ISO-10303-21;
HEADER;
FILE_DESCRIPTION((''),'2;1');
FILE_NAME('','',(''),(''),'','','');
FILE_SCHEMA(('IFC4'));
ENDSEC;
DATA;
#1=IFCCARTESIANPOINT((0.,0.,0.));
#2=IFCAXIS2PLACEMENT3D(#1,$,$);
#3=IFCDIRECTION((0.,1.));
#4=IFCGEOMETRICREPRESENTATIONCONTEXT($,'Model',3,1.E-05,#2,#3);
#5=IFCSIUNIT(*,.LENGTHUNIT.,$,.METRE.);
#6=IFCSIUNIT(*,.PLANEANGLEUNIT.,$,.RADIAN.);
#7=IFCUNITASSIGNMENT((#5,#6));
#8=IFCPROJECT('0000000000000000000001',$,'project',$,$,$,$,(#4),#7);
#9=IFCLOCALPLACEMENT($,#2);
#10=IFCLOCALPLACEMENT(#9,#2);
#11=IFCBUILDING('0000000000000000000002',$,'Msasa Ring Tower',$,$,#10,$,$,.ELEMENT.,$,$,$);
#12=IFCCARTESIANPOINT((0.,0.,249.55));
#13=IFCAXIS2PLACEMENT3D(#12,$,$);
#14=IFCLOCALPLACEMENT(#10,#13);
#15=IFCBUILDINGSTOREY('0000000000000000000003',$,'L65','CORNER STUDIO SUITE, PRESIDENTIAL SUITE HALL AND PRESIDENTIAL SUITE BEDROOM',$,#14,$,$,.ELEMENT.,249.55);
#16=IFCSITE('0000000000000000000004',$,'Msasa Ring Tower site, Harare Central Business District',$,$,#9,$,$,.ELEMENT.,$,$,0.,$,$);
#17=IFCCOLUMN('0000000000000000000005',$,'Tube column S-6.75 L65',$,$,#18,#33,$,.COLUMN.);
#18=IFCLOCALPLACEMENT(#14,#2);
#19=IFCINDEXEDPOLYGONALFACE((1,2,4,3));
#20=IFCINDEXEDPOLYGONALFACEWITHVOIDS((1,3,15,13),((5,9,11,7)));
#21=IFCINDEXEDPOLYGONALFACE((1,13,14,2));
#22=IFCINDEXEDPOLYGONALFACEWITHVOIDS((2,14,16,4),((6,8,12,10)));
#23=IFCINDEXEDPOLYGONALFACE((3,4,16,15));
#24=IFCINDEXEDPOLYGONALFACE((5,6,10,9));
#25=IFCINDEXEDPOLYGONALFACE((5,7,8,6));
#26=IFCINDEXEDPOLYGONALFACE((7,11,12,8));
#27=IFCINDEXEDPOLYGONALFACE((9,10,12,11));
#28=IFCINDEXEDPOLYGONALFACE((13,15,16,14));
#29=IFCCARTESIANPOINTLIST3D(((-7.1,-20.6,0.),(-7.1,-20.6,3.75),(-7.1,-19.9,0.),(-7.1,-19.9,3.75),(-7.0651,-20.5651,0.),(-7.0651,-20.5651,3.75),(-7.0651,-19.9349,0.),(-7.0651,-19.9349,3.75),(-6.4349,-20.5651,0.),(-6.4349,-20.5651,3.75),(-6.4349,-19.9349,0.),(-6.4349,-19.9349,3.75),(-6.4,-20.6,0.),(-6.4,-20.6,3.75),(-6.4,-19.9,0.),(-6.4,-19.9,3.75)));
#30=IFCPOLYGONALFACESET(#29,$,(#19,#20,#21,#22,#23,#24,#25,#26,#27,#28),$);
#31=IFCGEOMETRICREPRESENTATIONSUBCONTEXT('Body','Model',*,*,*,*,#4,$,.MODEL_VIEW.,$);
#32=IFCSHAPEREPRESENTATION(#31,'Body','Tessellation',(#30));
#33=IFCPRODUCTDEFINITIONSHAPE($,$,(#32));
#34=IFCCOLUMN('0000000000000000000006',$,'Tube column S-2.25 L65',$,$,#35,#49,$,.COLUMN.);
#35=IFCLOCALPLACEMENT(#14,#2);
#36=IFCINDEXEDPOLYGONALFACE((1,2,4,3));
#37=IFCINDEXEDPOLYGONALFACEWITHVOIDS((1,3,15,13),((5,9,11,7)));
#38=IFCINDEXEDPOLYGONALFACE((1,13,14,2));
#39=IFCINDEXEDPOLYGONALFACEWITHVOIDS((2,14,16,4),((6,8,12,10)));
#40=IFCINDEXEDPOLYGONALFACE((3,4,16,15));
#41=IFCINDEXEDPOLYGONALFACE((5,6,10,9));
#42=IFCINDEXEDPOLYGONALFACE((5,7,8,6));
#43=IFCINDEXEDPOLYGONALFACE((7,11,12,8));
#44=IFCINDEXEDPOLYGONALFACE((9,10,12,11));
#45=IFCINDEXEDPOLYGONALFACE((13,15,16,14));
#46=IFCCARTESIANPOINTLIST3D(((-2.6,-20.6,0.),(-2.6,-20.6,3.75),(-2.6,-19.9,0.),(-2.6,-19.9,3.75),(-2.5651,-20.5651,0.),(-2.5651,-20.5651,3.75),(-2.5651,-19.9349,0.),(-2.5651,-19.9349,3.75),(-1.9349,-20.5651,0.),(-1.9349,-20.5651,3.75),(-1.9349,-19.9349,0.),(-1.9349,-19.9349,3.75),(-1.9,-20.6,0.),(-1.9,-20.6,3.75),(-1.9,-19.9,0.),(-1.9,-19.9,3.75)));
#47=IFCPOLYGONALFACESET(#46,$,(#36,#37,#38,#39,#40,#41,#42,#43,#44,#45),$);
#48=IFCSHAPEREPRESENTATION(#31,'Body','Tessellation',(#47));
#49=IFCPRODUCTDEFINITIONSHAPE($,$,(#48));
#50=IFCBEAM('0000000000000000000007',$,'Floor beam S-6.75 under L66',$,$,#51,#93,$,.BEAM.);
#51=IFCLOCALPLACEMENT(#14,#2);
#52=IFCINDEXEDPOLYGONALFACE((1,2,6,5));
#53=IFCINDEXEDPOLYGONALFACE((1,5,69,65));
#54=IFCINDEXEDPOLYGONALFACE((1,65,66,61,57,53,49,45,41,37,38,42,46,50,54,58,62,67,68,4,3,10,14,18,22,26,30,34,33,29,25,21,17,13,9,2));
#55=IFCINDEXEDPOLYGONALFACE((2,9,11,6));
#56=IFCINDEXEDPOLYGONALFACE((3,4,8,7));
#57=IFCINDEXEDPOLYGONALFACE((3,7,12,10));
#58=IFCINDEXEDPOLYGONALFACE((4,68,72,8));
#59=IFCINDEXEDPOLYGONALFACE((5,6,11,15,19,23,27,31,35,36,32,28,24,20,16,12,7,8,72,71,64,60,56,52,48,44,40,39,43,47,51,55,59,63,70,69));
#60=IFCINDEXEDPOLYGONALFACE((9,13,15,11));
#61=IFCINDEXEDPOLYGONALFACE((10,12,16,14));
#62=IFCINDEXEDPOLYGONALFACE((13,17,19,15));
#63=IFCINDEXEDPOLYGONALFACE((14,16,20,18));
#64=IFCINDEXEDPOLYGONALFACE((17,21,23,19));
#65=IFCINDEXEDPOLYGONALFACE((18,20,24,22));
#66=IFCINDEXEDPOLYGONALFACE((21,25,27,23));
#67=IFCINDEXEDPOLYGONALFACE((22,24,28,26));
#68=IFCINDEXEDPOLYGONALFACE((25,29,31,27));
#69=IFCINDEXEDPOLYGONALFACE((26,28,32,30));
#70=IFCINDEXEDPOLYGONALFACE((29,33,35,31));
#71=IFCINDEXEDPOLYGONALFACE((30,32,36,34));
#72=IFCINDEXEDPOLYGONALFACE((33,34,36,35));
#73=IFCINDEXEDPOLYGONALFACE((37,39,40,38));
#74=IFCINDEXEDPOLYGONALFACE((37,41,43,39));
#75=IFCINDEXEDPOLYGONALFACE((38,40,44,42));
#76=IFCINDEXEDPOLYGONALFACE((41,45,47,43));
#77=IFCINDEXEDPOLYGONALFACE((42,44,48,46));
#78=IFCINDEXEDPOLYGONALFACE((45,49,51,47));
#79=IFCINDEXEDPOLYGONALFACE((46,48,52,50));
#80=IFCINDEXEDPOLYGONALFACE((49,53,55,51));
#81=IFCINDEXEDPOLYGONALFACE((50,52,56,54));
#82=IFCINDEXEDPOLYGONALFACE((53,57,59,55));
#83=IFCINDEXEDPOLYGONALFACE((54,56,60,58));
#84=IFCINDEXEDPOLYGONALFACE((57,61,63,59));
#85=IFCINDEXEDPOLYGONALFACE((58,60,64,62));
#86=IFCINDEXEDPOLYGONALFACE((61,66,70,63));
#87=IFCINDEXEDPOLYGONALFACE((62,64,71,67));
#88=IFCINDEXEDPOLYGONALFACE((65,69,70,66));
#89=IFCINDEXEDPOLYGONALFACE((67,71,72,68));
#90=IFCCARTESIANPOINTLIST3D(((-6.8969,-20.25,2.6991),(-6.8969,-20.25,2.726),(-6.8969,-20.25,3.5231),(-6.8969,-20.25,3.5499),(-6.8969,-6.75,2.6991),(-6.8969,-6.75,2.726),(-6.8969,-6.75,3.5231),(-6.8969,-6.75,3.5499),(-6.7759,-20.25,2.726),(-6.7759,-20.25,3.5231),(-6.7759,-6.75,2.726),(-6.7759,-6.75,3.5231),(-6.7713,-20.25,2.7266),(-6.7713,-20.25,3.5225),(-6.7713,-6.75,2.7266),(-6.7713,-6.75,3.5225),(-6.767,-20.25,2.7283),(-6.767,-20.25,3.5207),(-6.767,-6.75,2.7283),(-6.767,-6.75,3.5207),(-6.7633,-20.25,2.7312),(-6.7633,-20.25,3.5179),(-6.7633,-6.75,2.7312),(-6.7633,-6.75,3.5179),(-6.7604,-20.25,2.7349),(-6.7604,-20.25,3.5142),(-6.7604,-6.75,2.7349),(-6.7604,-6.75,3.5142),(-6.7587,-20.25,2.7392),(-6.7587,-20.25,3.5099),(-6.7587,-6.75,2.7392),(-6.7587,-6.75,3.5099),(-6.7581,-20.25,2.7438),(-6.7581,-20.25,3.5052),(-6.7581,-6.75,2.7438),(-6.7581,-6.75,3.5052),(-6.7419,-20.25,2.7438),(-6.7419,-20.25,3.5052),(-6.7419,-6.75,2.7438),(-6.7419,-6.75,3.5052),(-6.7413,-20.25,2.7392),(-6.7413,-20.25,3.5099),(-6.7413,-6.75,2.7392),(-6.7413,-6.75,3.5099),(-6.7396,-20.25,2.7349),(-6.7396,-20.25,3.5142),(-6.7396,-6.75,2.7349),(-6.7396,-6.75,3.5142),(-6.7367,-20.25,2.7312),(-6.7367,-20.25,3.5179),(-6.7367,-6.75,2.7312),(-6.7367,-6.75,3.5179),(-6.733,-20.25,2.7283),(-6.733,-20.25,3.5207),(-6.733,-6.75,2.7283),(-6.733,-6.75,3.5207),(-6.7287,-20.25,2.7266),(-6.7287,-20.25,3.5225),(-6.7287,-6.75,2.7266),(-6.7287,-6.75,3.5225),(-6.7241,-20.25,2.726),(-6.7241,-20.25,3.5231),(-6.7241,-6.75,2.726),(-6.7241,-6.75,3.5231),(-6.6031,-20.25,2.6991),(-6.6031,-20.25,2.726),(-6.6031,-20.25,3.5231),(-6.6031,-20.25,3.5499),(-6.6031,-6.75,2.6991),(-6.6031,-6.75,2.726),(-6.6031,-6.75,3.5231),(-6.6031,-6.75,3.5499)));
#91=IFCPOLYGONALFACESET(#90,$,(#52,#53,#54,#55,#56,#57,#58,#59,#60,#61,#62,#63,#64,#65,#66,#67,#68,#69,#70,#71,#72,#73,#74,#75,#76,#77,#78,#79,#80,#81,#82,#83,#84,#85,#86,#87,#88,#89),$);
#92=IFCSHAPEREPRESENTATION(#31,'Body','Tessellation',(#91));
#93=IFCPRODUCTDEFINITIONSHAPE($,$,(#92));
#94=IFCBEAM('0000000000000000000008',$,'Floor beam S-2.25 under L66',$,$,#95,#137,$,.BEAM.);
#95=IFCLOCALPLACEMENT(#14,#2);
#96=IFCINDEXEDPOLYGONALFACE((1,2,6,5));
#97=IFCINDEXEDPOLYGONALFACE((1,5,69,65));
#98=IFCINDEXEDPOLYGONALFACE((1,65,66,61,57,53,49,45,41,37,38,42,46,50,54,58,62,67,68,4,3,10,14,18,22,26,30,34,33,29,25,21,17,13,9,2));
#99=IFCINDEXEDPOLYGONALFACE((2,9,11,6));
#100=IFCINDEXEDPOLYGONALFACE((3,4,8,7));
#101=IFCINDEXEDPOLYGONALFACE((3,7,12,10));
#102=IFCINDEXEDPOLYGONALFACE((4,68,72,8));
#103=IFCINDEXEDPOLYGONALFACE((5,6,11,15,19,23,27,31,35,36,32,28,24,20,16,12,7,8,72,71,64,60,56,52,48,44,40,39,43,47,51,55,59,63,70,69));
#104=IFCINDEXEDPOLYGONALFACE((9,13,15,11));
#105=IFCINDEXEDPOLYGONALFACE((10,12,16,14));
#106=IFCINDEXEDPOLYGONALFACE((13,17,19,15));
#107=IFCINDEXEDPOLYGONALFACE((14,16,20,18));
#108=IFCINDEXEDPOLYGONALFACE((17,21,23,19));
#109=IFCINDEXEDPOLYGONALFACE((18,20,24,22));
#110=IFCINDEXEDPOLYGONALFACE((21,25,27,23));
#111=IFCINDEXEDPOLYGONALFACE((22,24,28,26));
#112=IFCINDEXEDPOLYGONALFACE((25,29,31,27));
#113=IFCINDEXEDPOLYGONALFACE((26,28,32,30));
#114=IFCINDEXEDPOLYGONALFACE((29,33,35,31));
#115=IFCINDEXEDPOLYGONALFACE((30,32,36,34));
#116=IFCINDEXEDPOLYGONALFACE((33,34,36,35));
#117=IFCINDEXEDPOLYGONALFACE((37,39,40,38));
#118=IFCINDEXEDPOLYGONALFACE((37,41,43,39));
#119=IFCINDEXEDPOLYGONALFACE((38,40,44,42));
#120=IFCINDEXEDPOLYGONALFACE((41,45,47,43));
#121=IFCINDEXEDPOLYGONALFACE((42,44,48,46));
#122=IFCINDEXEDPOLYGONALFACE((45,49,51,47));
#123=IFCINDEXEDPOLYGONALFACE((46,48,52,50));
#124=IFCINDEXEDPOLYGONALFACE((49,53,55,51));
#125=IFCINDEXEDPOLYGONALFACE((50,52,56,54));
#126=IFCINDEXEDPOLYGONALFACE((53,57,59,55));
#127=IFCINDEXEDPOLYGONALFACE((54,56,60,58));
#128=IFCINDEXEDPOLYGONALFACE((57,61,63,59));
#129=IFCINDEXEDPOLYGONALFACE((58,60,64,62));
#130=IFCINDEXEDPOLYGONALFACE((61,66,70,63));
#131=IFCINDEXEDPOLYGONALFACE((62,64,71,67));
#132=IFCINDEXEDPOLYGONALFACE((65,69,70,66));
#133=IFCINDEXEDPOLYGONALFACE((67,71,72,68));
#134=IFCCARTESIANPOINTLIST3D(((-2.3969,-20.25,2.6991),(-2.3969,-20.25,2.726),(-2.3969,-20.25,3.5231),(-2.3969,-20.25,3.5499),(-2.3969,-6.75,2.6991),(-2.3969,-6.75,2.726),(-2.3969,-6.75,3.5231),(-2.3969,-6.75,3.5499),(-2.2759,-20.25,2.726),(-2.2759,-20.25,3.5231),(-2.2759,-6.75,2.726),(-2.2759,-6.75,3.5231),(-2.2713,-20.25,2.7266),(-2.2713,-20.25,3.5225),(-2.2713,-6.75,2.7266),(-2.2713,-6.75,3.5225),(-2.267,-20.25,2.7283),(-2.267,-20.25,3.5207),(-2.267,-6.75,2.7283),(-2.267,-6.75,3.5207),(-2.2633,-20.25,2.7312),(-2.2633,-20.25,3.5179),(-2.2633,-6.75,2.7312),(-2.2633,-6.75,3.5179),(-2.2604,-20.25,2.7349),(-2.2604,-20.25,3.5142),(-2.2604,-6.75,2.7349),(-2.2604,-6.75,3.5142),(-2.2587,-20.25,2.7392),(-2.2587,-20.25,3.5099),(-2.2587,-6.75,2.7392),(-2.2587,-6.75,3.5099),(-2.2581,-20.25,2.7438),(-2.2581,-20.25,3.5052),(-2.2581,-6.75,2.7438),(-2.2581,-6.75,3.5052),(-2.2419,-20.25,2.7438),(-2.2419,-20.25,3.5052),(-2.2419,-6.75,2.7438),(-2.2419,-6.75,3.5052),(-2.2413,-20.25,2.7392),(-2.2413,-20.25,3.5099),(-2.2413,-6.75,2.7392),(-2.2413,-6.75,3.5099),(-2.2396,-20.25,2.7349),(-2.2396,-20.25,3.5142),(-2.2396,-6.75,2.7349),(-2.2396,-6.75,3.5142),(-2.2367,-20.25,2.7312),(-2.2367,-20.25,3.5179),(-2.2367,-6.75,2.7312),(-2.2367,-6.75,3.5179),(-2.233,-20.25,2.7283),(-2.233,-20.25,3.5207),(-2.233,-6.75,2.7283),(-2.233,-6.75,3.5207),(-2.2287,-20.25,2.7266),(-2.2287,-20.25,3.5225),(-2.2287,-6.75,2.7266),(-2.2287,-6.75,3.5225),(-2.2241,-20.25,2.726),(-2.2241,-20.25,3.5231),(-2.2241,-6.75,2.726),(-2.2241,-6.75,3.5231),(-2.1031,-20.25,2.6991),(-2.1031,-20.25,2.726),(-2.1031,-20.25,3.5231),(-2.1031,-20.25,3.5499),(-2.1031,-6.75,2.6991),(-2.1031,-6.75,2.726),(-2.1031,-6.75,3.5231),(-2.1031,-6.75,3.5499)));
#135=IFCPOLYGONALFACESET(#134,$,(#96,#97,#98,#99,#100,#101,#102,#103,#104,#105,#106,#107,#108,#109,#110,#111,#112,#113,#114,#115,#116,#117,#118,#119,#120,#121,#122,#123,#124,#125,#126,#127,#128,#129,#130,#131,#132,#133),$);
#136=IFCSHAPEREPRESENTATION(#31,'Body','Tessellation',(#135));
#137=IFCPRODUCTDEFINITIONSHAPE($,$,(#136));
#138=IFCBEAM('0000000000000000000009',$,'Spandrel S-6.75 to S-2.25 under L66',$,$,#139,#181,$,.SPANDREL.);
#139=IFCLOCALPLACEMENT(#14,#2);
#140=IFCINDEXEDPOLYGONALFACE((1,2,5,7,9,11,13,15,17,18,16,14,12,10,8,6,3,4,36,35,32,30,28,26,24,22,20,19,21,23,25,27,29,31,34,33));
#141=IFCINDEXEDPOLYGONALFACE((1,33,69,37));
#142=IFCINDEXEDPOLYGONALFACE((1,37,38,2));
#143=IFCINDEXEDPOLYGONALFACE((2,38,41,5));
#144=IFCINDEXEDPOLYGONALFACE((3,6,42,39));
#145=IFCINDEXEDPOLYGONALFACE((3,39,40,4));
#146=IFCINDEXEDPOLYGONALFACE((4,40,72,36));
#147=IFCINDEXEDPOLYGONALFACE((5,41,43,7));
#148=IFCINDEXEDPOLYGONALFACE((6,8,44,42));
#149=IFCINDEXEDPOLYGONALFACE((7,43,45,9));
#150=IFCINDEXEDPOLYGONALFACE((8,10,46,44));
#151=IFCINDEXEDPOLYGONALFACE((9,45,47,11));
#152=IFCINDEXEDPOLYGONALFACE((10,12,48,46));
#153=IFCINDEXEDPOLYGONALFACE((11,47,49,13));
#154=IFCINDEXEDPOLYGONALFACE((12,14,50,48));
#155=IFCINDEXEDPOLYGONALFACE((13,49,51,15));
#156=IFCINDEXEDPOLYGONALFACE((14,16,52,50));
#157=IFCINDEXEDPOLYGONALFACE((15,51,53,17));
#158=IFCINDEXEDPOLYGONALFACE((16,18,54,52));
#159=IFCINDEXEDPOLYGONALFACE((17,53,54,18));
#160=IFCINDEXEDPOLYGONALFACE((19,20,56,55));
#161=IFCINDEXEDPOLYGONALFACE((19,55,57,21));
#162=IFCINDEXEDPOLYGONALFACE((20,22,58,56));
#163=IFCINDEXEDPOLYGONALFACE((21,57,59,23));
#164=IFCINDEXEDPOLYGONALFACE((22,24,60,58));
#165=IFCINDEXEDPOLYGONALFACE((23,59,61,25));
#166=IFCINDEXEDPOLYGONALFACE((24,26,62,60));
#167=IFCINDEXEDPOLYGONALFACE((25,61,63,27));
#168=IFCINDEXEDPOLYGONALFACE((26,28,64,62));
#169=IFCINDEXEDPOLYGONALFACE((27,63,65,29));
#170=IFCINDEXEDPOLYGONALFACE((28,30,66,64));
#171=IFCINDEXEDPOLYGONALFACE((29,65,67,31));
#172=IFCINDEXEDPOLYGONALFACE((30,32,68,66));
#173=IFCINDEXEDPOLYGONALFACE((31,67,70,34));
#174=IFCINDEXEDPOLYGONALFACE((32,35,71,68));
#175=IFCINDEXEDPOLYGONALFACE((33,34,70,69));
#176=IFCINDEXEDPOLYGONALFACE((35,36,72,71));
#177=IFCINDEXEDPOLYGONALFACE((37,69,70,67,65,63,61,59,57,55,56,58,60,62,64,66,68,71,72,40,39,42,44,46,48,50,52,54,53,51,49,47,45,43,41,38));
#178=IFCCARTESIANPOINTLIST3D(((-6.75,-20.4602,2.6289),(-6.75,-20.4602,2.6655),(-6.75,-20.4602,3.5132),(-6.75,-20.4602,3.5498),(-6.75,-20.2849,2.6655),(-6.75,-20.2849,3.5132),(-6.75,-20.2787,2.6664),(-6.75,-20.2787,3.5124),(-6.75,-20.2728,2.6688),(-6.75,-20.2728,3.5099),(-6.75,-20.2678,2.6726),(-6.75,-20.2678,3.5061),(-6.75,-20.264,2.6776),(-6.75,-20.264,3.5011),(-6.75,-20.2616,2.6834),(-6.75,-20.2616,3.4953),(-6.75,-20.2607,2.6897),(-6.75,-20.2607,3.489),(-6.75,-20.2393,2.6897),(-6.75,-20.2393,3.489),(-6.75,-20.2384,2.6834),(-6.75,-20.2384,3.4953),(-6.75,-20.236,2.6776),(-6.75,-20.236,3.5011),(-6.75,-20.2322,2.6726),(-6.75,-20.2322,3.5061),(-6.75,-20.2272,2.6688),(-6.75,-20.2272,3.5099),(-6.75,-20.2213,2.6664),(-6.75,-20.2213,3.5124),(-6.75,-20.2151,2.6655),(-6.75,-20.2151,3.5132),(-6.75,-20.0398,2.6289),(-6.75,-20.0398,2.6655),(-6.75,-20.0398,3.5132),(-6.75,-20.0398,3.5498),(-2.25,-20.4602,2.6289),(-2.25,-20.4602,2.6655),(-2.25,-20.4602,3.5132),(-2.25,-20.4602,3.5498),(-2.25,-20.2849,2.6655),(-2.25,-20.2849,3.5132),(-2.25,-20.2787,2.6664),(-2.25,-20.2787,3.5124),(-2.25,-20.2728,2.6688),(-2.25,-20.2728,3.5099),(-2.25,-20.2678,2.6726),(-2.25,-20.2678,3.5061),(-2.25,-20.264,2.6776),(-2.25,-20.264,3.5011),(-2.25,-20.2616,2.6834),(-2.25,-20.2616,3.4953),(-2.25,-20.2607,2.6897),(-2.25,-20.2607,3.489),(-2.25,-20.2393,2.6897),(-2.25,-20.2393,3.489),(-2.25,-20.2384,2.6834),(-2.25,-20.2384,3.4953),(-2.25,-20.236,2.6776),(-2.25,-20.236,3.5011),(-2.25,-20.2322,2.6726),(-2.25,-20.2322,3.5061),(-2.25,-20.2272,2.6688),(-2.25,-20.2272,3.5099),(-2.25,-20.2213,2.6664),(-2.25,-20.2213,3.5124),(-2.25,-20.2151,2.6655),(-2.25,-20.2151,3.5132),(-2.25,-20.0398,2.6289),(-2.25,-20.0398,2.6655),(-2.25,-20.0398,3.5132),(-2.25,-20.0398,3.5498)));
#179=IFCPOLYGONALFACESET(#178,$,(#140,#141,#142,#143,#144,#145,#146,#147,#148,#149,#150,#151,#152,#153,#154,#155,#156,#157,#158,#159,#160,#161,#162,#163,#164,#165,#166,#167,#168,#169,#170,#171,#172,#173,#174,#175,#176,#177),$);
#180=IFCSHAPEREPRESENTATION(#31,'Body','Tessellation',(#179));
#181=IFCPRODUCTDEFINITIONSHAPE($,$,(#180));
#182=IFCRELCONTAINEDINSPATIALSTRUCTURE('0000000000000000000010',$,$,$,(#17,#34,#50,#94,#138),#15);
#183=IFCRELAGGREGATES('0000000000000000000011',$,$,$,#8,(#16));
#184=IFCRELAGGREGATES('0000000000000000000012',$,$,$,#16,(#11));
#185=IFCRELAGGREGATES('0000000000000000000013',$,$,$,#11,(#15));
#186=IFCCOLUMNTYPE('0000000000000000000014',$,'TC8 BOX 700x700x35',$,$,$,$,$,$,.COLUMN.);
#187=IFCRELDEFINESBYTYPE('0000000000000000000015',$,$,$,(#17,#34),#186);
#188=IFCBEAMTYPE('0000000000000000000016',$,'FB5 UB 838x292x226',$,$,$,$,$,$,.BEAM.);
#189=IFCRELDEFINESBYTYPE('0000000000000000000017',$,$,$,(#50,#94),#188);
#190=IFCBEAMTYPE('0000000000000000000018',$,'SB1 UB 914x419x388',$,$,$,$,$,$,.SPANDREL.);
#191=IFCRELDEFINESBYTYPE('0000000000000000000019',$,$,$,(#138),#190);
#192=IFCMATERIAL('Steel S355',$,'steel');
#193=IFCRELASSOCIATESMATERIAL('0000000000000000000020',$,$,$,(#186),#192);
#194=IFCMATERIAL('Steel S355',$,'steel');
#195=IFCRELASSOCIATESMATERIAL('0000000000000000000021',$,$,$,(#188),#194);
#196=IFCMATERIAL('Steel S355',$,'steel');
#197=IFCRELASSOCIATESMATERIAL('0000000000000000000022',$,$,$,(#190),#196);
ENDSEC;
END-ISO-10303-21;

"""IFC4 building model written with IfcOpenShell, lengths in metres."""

from ifc_helpers import new_model, si_unit, direction, frame, origin, origin_2d, place, context, subcontext, project, spatial, hollow_rectangle, i_section, extrude, material, material_profile, profile_set, type_object, element, save


model = new_model("IFC4")

# Units and contexts
model_context = context("Model", 3, precision=1e-05, world=origin(), true_north=direction((0.0, 1.0)))
body_context = subcontext(model_context, "Body", "Model", "MODEL_VIEW")
ifc_project = project(units=[si_unit("LENGTHUNIT", "METRE"), si_unit("PLANEANGLEUNIT", "RADIAN")], contexts=[model_context])

# Site, building, storey
site_placement = place(None, origin())
site = spatial("IfcSite", under=ifc_project, at=site_placement, Name="Msasa Ring Tower site, Harare Central Business District", CompositionType="ELEMENT", RefElevation=0.0)
building_placement = place(site_placement, origin())
building = spatial("IfcBuilding", under=site, at=building_placement, Name="Msasa Ring Tower", CompositionType="ELEMENT")
storey_placement = place(building_placement, frame((0.0, 0.0, 249.55)))
storey = spatial("IfcBuildingStorey", under=building, at=storey_placement, Name="L65", Description="CORNER STUDIO SUITE, PRESIDENTIAL SUITE HALL AND PRESIDENTIAL SUITE BEDROOM", CompositionType="ELEMENT", Elevation=249.55)

# Columns
ifc_material_1 = material(Name="Steel S355", Category="steel")
ifc_material_profile_1 = material_profile(ifc_material_1, hollow_rectangle(XDim=0.7, YDim=0.7, WallThickness=0.0349, at=origin_2d()), Name="BOX 700x700x35")
ifc_profile_set_1 = profile_set([ifc_material_profile_1], Name="Steel S355")
column_type = type_object("IfcColumnType", Name="TC8 BOX 700x700x35", PredefinedType="COLUMN", material=ifc_profile_set_1)
for number, where, z_axis, x_axis, name in (
    (1, (-6.75, -20.25, 0.0), (0.0, 0.0, 1.0), (0.0, 1.0, 0.0), "Tube column S-6.75 L65"),
    (2, (-2.25, -20.25, 0.0), (0.0, 0.0, 1.0), (0.0, 1.0, 0.0), "Tube column S-2.25 L65"),
):
    element("IfcColumn", number, at=place(storey_placement, frame(where, z_axis=z_axis, x_axis=x_axis)), inside=storey, type_object=column_type, Name=name, PredefinedType="COLUMN", context=body_context, shape_type="SweptSolid", body=[
        extrude(hollow_rectangle(XDim=0.7, YDim=0.7, WallThickness=0.0349, at=origin_2d()), origin(), (0.0, 0.0, 1.0), 3.75),
    ])

# Beams
ifc_material_2 = material(Name="Steel S355", Category="steel")
ifc_material_profile_2 = material_profile(ifc_material_2, i_section(OverallWidth=0.2937, OverallDepth=0.8508, WebThickness=0.0161, FlangeThickness=0.0269, FilletRadius=0.0178, at=origin_2d()), Name="UB 838x292x226")
ifc_profile_set_2 = profile_set([ifc_material_profile_2], Name="Steel S355")
beam_type_1 = type_object("IfcBeamType", Name="FB5 UB 838x292x226", PredefinedType="BEAM", material=ifc_profile_set_2)
for number, where, z_axis, x_axis, name in (
    (3, (-6.75, -20.25, 3.1245), (0.0, 1.0, 0.0), (-1.0, 0.0, 0.0), "Floor beam S-6.75 under L66"),
    (4, (-2.25, -20.25, 3.1245), (0.0, 1.0, 0.0), (-1.0, 0.0, 0.0), "Floor beam S-2.25 under L66"),
):
    element("IfcBeam", number, at=place(storey_placement, frame(where, z_axis=z_axis, x_axis=x_axis)), inside=storey, type_object=beam_type_1, Name=name, PredefinedType="BEAM", context=body_context, shape_type="SweptSolid", body=[
        extrude(i_section(OverallWidth=0.2937, OverallDepth=0.8508, WebThickness=0.0161, FlangeThickness=0.0269, FilletRadius=0.0178, at=origin_2d()), origin(), (0.0, 0.0, 1.0), 13.5),
    ])
ifc_material_3 = material(Name="Steel S355", Category="steel")
ifc_material_profile_3 = material_profile(ifc_material_3, i_section(OverallWidth=0.4204, OverallDepth=0.9209, WebThickness=0.0215, FlangeThickness=0.0366, FilletRadius=0.0242, at=origin_2d()), Name="UB 914x419x388")
ifc_profile_set_3 = profile_set([ifc_material_profile_3], Name="Steel S355")
beam_type_2 = type_object("IfcBeamType", Name="SB1 UB 914x419x388", PredefinedType="SPANDREL", material=ifc_profile_set_3)
for number, where, z_axis, x_axis, name in (
    (5, (-6.75, -20.25, 3.0894), (1.0, 0.0, 0.0), (0.0, 1.0, 0.0), "Spandrel S-6.75 to S-2.25 under L66"),
):
    element("IfcBeam", number, at=place(storey_placement, frame(where, z_axis=z_axis, x_axis=x_axis)), inside=storey, type_object=beam_type_2, Name=name, PredefinedType="SPANDREL", context=body_context, shape_type="SweptSolid", body=[
        extrude(i_section(OverallWidth=0.4204, OverallDepth=0.9209, WebThickness=0.0215, FlangeThickness=0.0366, FilletRadius=0.0242, at=origin_2d()), origin(), (0.0, 0.0, 1.0), 4.5),
    ])

save(model, "model.ifc")
